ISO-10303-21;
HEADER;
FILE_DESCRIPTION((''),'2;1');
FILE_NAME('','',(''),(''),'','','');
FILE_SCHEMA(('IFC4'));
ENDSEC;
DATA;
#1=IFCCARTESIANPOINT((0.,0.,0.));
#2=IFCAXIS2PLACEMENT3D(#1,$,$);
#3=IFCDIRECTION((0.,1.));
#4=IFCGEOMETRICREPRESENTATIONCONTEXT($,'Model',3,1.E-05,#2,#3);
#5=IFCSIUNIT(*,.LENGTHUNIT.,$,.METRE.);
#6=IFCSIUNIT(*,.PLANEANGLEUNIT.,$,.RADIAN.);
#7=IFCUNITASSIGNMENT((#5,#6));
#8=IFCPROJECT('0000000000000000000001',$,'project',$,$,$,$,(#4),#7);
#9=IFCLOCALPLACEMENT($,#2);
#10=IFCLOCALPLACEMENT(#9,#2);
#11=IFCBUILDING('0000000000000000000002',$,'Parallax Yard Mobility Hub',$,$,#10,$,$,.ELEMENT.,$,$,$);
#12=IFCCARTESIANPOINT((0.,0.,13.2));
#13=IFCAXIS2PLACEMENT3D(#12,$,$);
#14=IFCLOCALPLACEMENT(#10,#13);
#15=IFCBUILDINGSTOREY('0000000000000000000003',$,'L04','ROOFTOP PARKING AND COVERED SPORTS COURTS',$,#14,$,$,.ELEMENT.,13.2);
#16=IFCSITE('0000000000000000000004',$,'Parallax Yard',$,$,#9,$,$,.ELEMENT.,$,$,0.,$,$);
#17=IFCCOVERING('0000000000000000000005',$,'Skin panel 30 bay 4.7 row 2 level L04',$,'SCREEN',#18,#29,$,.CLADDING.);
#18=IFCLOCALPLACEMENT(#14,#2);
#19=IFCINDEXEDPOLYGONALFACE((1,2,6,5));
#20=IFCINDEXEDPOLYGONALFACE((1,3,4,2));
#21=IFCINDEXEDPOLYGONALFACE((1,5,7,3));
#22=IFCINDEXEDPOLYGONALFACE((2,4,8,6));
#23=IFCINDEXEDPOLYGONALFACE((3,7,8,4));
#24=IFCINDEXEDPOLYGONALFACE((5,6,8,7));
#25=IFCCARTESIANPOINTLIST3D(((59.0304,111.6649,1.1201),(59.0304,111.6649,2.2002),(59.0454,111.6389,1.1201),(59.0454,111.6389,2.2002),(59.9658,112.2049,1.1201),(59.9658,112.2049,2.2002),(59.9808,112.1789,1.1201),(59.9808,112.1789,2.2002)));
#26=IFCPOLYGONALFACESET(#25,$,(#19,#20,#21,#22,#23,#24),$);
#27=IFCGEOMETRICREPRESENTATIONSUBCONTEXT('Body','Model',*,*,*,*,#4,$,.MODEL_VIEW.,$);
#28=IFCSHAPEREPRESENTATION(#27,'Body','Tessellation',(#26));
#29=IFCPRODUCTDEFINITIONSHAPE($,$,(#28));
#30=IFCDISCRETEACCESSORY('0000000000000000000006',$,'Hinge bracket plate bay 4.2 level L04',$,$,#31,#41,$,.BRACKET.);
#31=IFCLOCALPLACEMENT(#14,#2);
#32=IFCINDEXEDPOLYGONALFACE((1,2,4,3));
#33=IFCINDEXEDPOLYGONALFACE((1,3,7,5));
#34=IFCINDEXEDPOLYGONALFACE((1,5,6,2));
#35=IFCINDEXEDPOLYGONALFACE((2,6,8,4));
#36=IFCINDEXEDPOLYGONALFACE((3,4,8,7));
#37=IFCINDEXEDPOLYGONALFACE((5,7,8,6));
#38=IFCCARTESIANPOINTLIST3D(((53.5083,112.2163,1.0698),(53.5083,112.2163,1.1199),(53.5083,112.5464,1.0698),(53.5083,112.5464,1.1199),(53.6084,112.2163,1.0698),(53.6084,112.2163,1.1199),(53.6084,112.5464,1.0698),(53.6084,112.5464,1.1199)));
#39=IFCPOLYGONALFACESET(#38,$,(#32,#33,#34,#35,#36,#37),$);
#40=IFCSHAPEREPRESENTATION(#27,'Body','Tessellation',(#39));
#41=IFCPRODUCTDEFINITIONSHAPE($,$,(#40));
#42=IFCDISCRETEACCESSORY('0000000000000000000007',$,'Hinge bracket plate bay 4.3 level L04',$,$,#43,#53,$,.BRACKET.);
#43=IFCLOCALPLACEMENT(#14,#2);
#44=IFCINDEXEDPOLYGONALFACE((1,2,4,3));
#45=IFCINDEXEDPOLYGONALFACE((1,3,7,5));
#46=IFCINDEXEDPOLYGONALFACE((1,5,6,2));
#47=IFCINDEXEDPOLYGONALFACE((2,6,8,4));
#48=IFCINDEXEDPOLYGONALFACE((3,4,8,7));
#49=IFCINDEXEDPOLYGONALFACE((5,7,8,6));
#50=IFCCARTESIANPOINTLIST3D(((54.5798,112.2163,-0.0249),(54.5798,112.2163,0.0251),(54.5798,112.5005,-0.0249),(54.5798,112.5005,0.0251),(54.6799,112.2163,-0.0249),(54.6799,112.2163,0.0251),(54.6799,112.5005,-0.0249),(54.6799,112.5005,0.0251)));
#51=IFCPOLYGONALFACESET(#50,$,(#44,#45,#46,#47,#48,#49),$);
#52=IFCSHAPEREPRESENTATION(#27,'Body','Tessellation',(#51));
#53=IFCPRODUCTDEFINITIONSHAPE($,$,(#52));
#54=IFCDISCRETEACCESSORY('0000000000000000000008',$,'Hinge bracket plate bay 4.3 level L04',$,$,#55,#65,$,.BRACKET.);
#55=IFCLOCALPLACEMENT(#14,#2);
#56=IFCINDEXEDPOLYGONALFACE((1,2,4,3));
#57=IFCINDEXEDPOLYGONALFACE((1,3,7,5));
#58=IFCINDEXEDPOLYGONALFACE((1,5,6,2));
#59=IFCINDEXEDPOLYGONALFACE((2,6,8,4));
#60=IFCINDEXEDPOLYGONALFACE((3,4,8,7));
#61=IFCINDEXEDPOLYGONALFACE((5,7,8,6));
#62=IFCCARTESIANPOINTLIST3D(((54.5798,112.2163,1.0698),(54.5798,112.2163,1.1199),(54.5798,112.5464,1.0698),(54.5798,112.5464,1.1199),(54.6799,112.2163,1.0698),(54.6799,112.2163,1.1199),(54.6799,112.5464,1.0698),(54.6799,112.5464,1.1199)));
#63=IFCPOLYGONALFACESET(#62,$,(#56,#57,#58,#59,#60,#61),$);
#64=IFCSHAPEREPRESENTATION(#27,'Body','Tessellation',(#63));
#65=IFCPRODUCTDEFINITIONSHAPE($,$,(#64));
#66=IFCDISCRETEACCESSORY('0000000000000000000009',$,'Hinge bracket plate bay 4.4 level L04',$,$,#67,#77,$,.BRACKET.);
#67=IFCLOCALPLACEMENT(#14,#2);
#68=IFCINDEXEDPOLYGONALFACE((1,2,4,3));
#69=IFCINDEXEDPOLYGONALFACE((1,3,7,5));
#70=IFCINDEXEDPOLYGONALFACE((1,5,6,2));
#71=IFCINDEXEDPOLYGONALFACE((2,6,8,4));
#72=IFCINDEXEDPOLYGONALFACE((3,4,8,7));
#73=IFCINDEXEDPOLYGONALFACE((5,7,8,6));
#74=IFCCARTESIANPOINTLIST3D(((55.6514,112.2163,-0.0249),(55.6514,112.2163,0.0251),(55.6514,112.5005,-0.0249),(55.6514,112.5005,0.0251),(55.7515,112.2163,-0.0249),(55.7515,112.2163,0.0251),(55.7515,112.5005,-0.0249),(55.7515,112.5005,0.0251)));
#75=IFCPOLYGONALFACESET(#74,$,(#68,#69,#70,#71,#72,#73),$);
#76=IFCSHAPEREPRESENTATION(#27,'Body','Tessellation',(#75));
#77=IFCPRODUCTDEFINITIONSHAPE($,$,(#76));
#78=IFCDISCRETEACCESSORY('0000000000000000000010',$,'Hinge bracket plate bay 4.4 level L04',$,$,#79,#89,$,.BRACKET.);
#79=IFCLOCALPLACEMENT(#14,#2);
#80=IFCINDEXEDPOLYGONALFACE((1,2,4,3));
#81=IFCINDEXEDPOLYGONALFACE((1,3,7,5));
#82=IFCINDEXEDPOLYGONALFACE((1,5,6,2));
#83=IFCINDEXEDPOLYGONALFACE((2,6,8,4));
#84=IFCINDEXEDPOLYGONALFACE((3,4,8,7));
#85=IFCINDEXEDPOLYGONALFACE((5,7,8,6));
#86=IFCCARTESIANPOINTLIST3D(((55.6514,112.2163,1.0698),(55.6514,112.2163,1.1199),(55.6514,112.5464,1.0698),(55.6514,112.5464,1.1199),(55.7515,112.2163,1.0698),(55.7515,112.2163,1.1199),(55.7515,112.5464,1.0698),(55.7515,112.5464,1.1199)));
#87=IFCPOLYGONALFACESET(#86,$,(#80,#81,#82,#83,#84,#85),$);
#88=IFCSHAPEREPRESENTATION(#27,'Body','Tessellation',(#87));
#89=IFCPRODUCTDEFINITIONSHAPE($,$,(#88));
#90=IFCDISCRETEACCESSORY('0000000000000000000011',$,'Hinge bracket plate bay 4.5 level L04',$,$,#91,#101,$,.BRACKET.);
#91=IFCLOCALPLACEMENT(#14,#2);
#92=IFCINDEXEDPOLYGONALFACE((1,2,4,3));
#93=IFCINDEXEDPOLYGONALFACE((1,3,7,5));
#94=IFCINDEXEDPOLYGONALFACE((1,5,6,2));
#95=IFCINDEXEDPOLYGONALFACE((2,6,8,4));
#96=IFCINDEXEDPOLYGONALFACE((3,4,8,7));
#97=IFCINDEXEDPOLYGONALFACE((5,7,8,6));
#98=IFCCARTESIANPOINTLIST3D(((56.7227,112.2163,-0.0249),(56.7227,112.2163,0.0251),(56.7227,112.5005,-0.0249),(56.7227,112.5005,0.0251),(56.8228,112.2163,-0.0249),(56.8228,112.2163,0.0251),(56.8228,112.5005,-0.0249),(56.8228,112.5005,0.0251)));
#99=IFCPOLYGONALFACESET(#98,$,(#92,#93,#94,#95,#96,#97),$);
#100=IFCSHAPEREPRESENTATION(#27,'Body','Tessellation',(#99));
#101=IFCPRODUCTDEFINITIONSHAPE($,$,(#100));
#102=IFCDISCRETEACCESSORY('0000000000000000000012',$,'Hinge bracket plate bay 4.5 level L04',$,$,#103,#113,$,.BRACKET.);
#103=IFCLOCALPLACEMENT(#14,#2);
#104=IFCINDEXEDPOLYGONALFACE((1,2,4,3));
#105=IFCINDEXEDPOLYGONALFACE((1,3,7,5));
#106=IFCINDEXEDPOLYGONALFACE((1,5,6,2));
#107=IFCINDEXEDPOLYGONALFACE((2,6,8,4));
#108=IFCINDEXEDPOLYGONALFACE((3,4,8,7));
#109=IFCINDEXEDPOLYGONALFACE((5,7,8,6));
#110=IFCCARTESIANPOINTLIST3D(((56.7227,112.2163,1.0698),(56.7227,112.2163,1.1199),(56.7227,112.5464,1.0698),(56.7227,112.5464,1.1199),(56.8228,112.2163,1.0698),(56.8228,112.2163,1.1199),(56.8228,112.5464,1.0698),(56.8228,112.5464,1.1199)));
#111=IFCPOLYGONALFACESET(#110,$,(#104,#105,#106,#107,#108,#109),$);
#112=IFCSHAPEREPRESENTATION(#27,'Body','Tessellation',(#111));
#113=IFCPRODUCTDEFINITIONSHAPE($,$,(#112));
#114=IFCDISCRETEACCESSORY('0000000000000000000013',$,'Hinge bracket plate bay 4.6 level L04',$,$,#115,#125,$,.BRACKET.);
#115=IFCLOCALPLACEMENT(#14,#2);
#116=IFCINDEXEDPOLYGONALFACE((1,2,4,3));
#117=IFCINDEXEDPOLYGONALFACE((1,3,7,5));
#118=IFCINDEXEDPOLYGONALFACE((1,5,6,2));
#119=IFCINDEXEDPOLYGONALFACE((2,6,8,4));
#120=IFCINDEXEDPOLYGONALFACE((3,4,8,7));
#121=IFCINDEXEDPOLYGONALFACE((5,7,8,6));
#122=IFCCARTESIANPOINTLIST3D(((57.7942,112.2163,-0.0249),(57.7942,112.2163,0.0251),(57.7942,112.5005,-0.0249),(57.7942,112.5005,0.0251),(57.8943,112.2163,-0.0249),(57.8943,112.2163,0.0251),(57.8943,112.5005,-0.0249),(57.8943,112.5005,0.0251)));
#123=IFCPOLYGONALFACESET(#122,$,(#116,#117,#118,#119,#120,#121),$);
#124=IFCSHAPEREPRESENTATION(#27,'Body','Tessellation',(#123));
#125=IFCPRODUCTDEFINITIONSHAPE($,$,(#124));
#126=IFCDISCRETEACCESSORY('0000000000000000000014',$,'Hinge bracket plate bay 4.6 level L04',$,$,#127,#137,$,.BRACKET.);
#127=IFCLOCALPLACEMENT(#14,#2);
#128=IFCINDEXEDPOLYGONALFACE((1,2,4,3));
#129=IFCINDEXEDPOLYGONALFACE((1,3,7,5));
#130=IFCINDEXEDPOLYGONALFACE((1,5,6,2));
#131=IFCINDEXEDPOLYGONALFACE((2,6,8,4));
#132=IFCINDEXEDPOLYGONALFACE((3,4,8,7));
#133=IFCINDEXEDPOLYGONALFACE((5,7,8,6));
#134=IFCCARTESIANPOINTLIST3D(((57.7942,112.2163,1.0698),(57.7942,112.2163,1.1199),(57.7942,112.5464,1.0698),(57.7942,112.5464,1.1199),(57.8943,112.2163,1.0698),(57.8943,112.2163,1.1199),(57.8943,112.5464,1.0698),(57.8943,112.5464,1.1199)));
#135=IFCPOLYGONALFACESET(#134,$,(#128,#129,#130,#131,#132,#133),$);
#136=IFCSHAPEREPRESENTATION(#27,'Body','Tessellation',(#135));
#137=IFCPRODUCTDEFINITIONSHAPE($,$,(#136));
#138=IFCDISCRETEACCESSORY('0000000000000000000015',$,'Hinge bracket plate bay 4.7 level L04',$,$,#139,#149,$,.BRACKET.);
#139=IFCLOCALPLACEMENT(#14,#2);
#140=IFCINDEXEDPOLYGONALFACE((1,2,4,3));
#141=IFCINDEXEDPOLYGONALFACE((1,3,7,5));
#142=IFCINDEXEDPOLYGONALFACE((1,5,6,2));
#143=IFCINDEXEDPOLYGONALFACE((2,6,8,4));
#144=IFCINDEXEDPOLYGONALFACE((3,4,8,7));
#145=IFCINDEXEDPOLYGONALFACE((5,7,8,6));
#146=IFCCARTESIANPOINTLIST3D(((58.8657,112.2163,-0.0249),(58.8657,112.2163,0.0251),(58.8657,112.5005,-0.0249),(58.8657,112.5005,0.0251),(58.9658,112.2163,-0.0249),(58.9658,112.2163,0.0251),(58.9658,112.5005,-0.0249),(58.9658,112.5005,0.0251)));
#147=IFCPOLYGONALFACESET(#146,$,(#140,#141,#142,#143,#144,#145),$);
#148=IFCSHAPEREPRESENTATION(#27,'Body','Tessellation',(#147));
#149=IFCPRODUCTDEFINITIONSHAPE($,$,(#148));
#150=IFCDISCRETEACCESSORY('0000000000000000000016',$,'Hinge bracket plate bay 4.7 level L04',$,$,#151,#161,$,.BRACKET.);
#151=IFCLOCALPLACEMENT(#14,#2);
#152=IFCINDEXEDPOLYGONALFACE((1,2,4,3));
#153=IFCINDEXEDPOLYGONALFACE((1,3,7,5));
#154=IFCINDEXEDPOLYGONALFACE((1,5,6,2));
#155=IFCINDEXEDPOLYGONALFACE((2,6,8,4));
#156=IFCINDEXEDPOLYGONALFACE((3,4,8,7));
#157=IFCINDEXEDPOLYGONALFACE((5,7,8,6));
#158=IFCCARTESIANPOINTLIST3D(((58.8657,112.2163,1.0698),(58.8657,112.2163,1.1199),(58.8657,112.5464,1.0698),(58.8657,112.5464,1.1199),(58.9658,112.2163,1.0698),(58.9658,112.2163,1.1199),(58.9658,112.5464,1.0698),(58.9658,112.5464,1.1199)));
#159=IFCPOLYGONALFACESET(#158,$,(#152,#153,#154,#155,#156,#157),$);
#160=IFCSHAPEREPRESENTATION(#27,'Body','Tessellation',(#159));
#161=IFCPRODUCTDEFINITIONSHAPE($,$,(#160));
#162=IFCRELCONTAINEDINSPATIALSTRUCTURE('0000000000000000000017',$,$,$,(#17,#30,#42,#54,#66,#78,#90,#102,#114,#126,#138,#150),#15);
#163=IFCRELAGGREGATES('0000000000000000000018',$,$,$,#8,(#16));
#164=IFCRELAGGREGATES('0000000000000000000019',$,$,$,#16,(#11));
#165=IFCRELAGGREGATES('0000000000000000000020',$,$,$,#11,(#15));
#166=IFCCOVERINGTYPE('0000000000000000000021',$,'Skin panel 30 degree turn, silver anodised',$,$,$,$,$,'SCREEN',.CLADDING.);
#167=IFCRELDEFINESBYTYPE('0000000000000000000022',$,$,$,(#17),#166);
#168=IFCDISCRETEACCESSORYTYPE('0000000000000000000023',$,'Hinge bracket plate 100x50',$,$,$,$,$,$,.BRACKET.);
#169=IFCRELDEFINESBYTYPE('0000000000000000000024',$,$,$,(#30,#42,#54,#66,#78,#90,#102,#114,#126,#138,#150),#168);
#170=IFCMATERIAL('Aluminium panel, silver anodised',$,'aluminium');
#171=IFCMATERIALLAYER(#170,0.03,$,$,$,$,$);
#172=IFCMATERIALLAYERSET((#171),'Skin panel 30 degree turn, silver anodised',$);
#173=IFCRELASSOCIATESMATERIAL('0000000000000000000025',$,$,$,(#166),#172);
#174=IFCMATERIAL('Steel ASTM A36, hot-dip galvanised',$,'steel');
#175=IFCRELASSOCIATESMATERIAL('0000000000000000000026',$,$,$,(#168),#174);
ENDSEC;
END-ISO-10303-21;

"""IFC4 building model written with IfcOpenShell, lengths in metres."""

from ifc_helpers import new_model, si_unit, direction, frame, origin, origin_2d, place, context, subcontext, project, spatial, rectangle, extrude, material, layer, layer_set, type_object, element, save


model = new_model("IFC4")

# Units and contexts
model_context = context("Model", 3, precision=1e-05, world=origin(), true_north=direction((0.0, 1.0)))
body_context = subcontext(model_context, "Body", "Model", "MODEL_VIEW")
ifc_project = project(units=[si_unit("LENGTHUNIT", "METRE"), si_unit("PLANEANGLEUNIT", "RADIAN")], contexts=[model_context])

# Site, building, storey
site_placement = place(None, origin())
site = spatial("IfcSite", under=ifc_project, at=site_placement, Name="Parallax Yard", CompositionType="ELEMENT", RefElevation=0.0)
building_placement = place(site_placement, origin())
building = spatial("IfcBuilding", under=site, at=building_placement, Name="Parallax Yard Mobility Hub", CompositionType="ELEMENT")
storey_placement = place(building_placement, frame((0.0, 0.0, 13.2)))
storey = spatial("IfcBuildingStorey", under=building, at=storey_placement, Name="L04", Description="ROOFTOP PARKING AND COVERED SPORTS COURTS", CompositionType="ELEMENT", Elevation=13.2)

# Covering
ifc_material_1 = material(Name="Aluminium panel, silver anodised", Category="aluminium")
ifc_layer_1 = layer(ifc_material_1, 0.03)
ifc_layer_set_1 = layer_set([ifc_layer_1], Name="Skin panel 30 degree turn, silver anodised")
covering_type_1 = type_object("IfcCoveringType", Name="Skin panel 30 degree turn, silver anodised", ElementType="SCREEN", PredefinedType="CLADDING", material=ifc_layer_set_1)
for number, where, z_axis, x_axis, name in (
    (1, (59.5056, 111.9219, 1.1201), (0.0, 0.0, 1.0), (-0.866025, -0.5, 0.0), "Skin panel 30 bay 4.7 row 2 level L04"),
):
    element("IfcCovering", number, at=place(storey_placement, frame(where, z_axis=z_axis, x_axis=x_axis)), inside=storey, type_object=covering_type_1, Name=name, ObjectType="SCREEN", PredefinedType="CLADDING", context=body_context, shape_type="SweptSolid", body=[
        extrude(rectangle(XDim=1.0801, YDim=0.03, at=origin_2d()), origin(), (0.0, 0.0, 1.0), 1.0801),
    ])

# Discrete accessories
ifc_material_2 = material(Name="Steel ASTM A36, hot-dip galvanised", Category="steel")
discrete_accessory_type_1 = type_object("IfcDiscreteAccessoryType", Name="Hinge bracket plate 100x50", PredefinedType="BRACKET", material=ifc_material_2)
discrete_accessory_1_placement = place(storey_placement, frame((53.5583, 112.3813, 1.0698), z_axis=(0.0, 0.0, 1.0), x_axis=(0.0, -1.0, 0.0)))
element("IfcDiscreteAccessory", 2, at=discrete_accessory_1_placement, inside=storey, type_object=discrete_accessory_type_1, Name="Hinge bracket plate bay 4.2 level L04", PredefinedType="BRACKET", context=body_context, shape_type="SweptSolid", body=[
    extrude(rectangle(XDim=0.3301, YDim=0.1001, at=origin_2d()), origin(), (0.0, 0.0, 1.0), 0.05),
])
discrete_accessory_2_placement = place(storey_placement, frame((54.6299, 112.3584, -0.0249), z_axis=(0.0, 0.0, 1.0), x_axis=(0.0, -1.0, 0.0)))
element("IfcDiscreteAccessory", 3, at=discrete_accessory_2_placement, inside=storey, type_object=discrete_accessory_type_1, Name="Hinge bracket plate bay 4.3 level L04", PredefinedType="BRACKET", context=body_context, shape_type="SweptSolid", body=[
    extrude(rectangle(XDim=0.2842, YDim=0.1001, at=origin_2d()), origin(), (0.0, 0.0, 1.0), 0.05),
])
discrete_accessory_3_placement = place(storey_placement, frame((54.6299, 112.3813, 1.0698), z_axis=(0.0, 0.0, 1.0), x_axis=(0.0, -1.0, 0.0)))
element("IfcDiscreteAccessory", 4, at=discrete_accessory_3_placement, inside=storey, type_object=discrete_accessory_type_1, Name="Hinge bracket plate bay 4.3 level L04", PredefinedType="BRACKET", context=body_context, shape_type="SweptSolid", body=[
    extrude(rectangle(XDim=0.3301, YDim=0.1001, at=origin_2d()), origin(), (0.0, 0.0, 1.0), 0.05),
])
discrete_accessory_4_placement = place(storey_placement, frame((55.7014, 112.3584, -0.0249), z_axis=(0.0, 0.0, 1.0), x_axis=(0.0, -1.0, 0.0)))
element("IfcDiscreteAccessory", 5, at=discrete_accessory_4_placement, inside=storey, type_object=discrete_accessory_type_1, Name="Hinge bracket plate bay 4.4 level L04", PredefinedType="BRACKET", context=body_context, shape_type="SweptSolid", body=[
    extrude(rectangle(XDim=0.2842, YDim=0.1001, at=origin_2d()), origin(), (0.0, 0.0, 1.0), 0.05),
])
discrete_accessory_5_placement = place(storey_placement, frame((55.7014, 112.3813, 1.0698), z_axis=(0.0, 0.0, 1.0), x_axis=(0.0, -1.0, 0.0)))
element("IfcDiscreteAccessory", 6, at=discrete_accessory_5_placement, inside=storey, type_object=discrete_accessory_type_1, Name="Hinge bracket plate bay 4.4 level L04", PredefinedType="BRACKET", context=body_context, shape_type="SweptSolid", body=[
    extrude(rectangle(XDim=0.3301, YDim=0.1001, at=origin_2d()), origin(), (0.0, 0.0, 1.0), 0.05),
])
discrete_accessory_6_placement = place(storey_placement, frame((56.7727, 112.3584, -0.0249), z_axis=(0.0, 0.0, 1.0), x_axis=(0.0, -1.0, 0.0)))
element("IfcDiscreteAccessory", 7, at=discrete_accessory_6_placement, inside=storey, type_object=discrete_accessory_type_1, Name="Hinge bracket plate bay 4.5 level L04", PredefinedType="BRACKET", context=body_context, shape_type="SweptSolid", body=[
    extrude(rectangle(XDim=0.2842, YDim=0.1001, at=origin_2d()), origin(), (0.0, 0.0, 1.0), 0.05),
])
discrete_accessory_7_placement = place(storey_placement, frame((56.7727, 112.3813, 1.0698), z_axis=(0.0, 0.0, 1.0), x_axis=(0.0, -1.0, 0.0)))
element("IfcDiscreteAccessory", 8, at=discrete_accessory_7_placement, inside=storey, type_object=discrete_accessory_type_1, Name="Hinge bracket plate bay 4.5 level L04", PredefinedType="BRACKET", context=body_context, shape_type="SweptSolid", body=[
    extrude(rectangle(XDim=0.3301, YDim=0.1001, at=origin_2d()), origin(), (0.0, 0.0, 1.0), 0.05),
])
discrete_accessory_8_placement = place(storey_placement, frame((57.8442, 112.3584, -0.0249), z_axis=(0.0, 0.0, 1.0), x_axis=(0.0, -1.0, 0.0)))
element("IfcDiscreteAccessory", 9, at=discrete_accessory_8_placement, inside=storey, type_object=discrete_accessory_type_1, Name="Hinge bracket plate bay 4.6 level L04", PredefinedType="BRACKET", context=body_context, shape_type="SweptSolid", body=[
    extrude(rectangle(XDim=0.2842, YDim=0.1001, at=origin_2d()), origin(), (0.0, 0.0, 1.0), 0.05),
])
discrete_accessory_9_placement = place(storey_placement, frame((57.8442, 112.3813, 1.0698), z_axis=(0.0, 0.0, 1.0), x_axis=(0.0, -1.0, 0.0)))
element("IfcDiscreteAccessory", 10, at=discrete_accessory_9_placement, inside=storey, type_object=discrete_accessory_type_1, Name="Hinge bracket plate bay 4.6 level L04", PredefinedType="BRACKET", context=body_context, shape_type="SweptSolid", body=[
    extrude(rectangle(XDim=0.3301, YDim=0.1001, at=origin_2d()), origin(), (0.0, 0.0, 1.0), 0.05),
])
discrete_accessory_10_placement = place(storey_placement, frame((58.9158, 112.3584, -0.0249), z_axis=(0.0, 0.0, 1.0), x_axis=(0.0, -1.0, 0.0)))
element("IfcDiscreteAccessory", 11, at=discrete_accessory_10_placement, inside=storey, type_object=discrete_accessory_type_1, Name="Hinge bracket plate bay 4.7 level L04", PredefinedType="BRACKET", context=body_context, shape_type="SweptSolid", body=[
    extrude(rectangle(XDim=0.2842, YDim=0.1001, at=origin_2d()), origin(), (0.0, 0.0, 1.0), 0.05),
])
discrete_accessory_11_placement = place(storey_placement, frame((58.9158, 112.3813, 1.0698), z_axis=(0.0, 0.0, 1.0), x_axis=(0.0, -1.0, 0.0)))
element("IfcDiscreteAccessory", 12, at=discrete_accessory_11_placement, inside=storey, type_object=discrete_accessory_type_1, Name="Hinge bracket plate bay 4.7 level L04", PredefinedType="BRACKET", context=body_context, shape_type="SweptSolid", body=[
    extrude(rectangle(XDim=0.3301, YDim=0.1001, at=origin_2d()), origin(), (0.0, 0.0, 1.0), 0.05),
])

save(model, "model.ifc")
